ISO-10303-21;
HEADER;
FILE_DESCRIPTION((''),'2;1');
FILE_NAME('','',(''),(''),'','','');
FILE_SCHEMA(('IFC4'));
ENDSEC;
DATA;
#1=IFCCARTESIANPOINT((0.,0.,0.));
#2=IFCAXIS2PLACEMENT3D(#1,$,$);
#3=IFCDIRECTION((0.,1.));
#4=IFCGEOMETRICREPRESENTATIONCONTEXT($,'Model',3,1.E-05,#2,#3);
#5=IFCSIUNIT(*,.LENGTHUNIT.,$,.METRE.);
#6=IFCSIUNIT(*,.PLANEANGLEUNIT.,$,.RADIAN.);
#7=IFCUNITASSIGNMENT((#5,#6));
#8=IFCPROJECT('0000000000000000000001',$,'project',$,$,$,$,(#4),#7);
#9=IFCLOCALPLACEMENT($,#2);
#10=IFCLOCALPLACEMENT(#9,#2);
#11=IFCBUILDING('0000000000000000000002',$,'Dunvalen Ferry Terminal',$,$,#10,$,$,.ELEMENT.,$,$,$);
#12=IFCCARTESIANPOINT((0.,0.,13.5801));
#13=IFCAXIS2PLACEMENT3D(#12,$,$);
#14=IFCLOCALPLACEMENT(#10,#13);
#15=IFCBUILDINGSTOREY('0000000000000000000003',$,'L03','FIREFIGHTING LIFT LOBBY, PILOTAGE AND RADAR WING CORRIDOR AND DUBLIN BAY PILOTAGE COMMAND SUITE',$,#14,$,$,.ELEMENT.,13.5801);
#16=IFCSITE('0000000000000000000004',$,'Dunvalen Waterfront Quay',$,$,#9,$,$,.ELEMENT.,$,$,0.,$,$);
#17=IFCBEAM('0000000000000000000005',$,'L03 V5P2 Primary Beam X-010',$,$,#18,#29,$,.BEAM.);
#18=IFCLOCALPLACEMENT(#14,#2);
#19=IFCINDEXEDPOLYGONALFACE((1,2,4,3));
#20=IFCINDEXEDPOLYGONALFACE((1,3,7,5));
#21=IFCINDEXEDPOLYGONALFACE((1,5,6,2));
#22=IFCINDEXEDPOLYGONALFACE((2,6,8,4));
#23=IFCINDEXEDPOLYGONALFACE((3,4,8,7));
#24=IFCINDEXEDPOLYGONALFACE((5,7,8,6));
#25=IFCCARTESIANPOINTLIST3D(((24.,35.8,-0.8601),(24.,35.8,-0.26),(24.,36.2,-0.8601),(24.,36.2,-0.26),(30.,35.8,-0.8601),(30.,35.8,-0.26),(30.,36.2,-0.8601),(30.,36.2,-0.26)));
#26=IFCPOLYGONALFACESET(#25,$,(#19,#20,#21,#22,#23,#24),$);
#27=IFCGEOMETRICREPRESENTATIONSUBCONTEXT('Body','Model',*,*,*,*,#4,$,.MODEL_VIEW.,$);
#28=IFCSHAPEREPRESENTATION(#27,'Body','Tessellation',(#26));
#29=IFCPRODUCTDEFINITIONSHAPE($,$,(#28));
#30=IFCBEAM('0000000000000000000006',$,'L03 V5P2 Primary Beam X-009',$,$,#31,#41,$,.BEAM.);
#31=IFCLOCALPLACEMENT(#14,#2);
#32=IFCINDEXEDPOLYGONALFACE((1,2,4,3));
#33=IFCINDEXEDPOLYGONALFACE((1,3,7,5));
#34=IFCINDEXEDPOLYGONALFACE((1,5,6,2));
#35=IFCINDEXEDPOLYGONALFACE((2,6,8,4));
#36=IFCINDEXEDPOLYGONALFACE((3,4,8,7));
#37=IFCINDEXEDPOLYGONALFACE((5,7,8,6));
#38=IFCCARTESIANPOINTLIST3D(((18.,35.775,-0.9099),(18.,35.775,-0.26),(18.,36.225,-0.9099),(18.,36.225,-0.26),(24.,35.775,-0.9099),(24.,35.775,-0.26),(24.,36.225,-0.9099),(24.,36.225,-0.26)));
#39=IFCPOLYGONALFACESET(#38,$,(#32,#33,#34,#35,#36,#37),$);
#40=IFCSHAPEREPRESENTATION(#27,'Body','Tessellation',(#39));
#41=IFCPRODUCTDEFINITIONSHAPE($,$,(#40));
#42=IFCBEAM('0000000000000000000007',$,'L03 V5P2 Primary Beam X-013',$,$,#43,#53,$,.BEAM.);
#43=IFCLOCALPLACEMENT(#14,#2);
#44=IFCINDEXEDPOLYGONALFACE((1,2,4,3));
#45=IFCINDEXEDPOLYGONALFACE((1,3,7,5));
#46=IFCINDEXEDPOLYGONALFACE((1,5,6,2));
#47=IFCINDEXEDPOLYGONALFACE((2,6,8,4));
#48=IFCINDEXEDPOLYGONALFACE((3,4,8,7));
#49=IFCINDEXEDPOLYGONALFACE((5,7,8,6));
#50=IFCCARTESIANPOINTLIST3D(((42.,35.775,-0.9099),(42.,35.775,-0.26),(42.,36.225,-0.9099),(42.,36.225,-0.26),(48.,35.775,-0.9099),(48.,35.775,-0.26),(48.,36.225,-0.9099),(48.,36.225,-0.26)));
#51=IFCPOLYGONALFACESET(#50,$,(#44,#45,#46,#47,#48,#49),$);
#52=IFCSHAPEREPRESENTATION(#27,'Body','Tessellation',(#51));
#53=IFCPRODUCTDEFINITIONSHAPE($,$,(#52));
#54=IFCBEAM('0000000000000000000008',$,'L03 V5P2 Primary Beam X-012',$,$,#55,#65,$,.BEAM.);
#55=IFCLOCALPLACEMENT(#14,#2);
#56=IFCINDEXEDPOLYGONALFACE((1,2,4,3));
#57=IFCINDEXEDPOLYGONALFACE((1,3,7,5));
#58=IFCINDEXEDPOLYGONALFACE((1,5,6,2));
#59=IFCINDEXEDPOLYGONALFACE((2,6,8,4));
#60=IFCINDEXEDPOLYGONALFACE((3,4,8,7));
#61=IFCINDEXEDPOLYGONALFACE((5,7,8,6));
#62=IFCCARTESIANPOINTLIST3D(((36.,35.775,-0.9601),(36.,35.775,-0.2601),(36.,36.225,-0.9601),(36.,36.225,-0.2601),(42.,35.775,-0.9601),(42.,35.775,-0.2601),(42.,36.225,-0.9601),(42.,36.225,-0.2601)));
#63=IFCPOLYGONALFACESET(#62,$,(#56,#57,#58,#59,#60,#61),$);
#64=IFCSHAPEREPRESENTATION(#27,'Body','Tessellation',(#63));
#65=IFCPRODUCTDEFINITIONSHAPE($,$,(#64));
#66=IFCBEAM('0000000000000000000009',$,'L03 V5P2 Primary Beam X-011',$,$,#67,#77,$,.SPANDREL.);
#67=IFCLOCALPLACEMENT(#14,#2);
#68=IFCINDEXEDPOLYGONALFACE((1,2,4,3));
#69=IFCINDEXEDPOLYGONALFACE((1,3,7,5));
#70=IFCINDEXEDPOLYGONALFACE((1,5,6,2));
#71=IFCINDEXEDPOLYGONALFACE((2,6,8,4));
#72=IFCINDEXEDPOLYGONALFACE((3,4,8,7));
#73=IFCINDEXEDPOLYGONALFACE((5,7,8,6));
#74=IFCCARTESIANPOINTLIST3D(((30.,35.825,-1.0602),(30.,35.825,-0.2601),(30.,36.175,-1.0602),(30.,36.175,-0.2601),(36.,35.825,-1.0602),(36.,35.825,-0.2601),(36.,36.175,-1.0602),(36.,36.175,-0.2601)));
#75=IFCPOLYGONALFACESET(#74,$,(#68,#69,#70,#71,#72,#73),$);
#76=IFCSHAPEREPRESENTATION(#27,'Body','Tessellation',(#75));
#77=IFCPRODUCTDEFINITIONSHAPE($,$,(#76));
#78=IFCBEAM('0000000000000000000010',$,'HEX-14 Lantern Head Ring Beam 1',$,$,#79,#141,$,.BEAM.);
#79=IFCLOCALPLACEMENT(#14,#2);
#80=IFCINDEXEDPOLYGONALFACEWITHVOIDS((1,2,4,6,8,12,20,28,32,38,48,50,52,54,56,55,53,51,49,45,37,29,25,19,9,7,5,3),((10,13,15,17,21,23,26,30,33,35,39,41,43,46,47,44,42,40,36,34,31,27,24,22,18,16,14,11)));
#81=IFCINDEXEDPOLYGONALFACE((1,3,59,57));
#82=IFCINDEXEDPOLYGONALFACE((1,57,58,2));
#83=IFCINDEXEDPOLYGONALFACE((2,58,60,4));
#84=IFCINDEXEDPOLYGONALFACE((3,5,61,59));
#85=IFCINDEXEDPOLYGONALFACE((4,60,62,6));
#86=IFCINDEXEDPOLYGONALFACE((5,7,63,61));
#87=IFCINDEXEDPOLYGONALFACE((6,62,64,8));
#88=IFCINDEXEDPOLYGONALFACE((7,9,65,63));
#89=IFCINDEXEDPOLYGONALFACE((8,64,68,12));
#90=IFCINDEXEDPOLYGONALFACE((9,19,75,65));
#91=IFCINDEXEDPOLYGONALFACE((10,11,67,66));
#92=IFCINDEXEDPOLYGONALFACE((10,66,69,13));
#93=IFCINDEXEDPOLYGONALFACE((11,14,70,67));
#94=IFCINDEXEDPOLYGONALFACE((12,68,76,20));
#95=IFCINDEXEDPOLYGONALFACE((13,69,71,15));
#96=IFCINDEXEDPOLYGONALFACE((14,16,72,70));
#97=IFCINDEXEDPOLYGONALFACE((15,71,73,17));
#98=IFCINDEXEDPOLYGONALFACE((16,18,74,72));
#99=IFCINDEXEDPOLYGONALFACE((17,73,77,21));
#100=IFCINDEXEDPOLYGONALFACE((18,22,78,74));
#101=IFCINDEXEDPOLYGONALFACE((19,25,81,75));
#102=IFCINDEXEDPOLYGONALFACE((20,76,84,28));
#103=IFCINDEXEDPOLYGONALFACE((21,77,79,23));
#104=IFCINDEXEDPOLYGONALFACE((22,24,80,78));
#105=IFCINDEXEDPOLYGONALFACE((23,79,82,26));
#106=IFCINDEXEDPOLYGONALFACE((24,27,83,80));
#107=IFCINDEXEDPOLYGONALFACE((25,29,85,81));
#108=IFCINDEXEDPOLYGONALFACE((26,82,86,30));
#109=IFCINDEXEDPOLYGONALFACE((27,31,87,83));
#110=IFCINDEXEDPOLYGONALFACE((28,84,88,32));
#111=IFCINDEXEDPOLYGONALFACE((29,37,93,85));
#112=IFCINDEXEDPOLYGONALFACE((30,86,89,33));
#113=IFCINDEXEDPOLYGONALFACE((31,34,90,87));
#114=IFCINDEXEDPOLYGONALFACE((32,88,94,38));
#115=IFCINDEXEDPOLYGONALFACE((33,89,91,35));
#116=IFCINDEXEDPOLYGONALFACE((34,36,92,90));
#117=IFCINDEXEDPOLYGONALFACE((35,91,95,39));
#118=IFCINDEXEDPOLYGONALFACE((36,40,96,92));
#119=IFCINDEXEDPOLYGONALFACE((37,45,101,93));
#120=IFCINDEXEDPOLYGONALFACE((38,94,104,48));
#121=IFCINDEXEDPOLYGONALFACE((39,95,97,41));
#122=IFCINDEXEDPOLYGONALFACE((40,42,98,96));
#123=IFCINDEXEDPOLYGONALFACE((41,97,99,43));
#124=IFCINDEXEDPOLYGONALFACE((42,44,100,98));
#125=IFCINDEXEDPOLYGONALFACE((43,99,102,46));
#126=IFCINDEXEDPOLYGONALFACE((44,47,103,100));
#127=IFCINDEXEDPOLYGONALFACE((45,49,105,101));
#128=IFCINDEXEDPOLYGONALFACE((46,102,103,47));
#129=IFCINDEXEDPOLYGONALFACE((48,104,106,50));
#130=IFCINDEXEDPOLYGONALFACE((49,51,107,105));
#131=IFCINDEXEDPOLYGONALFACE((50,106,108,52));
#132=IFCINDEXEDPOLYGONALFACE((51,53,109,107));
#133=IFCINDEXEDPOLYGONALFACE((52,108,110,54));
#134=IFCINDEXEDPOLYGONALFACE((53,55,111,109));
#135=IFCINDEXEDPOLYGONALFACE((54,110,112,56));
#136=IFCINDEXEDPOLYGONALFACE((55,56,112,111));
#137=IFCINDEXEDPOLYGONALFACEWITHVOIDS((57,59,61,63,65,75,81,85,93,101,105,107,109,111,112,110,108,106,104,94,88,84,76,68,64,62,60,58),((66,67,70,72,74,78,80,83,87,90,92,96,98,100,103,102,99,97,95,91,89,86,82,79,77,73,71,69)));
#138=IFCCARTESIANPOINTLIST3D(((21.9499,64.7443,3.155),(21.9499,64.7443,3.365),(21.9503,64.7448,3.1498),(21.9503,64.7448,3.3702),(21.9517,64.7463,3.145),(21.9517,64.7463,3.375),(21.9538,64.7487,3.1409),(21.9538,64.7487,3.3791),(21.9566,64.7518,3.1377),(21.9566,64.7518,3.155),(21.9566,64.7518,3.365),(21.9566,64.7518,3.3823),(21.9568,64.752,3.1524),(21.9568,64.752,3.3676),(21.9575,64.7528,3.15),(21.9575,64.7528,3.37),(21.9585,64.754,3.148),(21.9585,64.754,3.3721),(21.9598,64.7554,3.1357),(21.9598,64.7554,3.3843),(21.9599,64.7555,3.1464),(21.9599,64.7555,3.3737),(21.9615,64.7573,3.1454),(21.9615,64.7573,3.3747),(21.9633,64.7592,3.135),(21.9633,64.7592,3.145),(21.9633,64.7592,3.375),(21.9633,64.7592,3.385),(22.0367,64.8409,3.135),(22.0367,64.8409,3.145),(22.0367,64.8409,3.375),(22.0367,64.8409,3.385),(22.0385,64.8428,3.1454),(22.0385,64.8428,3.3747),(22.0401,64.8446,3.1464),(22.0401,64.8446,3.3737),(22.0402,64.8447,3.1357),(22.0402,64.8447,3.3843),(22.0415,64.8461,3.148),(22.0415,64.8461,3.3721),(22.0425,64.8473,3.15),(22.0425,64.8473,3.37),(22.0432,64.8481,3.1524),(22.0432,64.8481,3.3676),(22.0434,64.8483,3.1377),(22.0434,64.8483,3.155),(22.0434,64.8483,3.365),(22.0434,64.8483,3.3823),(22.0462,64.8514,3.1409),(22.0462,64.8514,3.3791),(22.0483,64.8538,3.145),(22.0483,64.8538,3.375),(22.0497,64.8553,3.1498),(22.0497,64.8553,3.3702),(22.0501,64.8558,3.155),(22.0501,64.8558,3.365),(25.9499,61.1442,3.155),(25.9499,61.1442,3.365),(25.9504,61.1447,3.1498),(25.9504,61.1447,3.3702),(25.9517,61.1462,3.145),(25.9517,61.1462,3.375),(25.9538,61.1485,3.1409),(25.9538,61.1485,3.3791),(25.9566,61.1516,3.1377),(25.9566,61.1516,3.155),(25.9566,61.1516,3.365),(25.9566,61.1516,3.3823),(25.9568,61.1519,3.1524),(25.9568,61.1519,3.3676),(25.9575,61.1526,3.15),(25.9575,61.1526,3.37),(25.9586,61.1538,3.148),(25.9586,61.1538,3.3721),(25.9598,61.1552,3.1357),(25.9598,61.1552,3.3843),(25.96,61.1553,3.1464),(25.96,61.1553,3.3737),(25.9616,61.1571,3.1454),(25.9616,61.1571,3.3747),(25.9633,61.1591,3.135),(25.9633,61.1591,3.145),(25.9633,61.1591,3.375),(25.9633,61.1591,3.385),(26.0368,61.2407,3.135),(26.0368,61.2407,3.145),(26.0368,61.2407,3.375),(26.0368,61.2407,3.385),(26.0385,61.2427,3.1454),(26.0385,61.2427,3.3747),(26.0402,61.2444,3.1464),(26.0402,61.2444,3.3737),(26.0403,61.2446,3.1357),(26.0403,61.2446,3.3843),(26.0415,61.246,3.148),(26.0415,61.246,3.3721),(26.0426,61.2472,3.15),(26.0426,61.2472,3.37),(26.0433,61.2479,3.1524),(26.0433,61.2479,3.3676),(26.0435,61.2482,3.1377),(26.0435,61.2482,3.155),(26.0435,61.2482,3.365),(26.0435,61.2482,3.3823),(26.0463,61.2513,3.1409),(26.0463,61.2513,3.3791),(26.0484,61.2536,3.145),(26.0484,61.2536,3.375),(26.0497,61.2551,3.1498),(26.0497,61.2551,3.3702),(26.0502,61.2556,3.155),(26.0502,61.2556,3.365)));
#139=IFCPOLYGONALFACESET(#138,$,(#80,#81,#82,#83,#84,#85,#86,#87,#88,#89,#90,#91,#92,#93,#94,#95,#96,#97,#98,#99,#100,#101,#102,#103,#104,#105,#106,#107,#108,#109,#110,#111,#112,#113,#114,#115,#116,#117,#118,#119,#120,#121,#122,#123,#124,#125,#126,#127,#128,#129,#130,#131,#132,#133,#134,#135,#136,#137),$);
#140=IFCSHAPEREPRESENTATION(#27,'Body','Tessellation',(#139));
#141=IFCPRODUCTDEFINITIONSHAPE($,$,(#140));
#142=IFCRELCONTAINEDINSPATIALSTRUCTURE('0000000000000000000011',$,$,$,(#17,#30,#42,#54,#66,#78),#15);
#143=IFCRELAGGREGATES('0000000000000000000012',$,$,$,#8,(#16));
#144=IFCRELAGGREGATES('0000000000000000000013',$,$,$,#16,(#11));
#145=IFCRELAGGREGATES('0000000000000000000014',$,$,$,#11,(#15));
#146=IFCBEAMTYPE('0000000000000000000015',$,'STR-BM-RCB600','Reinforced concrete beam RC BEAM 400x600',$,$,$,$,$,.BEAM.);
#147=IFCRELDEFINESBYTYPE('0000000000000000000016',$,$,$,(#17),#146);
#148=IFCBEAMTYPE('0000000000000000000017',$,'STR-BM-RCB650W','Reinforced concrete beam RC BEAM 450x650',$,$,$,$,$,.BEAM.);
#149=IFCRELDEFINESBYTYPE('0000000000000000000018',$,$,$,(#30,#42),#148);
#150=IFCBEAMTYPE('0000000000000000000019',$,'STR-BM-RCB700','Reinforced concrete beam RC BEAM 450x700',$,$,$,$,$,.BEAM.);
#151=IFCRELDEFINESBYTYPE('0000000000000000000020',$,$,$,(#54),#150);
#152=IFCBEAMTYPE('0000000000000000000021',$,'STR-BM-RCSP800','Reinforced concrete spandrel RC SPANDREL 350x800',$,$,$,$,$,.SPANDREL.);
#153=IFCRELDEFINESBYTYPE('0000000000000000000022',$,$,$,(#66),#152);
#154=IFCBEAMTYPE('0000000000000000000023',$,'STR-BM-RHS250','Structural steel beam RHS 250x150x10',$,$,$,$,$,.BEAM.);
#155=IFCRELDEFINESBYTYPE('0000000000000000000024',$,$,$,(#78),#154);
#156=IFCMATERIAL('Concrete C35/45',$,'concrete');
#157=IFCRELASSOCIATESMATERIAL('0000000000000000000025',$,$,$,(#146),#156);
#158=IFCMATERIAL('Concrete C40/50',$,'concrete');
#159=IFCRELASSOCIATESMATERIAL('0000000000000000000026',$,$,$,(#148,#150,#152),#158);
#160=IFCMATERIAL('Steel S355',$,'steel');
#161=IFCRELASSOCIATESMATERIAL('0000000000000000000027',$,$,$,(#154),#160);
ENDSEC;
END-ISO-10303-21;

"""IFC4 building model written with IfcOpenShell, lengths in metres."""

from ifc_helpers import new_model, si_unit, direction, frame, origin, origin_2d, place, context, subcontext, project, spatial, rectangle, hollow_rectangle, extrude, material, material_profile, profile_set, type_object, element, save


model = new_model("IFC4")

# Units and contexts
model_context = context("Model", 3, precision=1e-05, world=origin(), true_north=direction((0.0, 1.0)))
body_context = subcontext(model_context, "Body", "Model", "MODEL_VIEW")
ifc_project = project(units=[si_unit("LENGTHUNIT", "METRE"), si_unit("PLANEANGLEUNIT", "RADIAN")], contexts=[model_context])

# Site, building, storey
site_placement = place(None, origin())
site = spatial("IfcSite", under=ifc_project, at=site_placement, Name="Dunvalen Waterfront Quay", CompositionType="ELEMENT", RefElevation=0.0)
building_placement = place(site_placement, origin())
building = spatial("IfcBuilding", under=site, at=building_placement, Name="Dunvalen Ferry Terminal", CompositionType="ELEMENT")
storey_placement = place(building_placement, frame((0.0, 0.0, 13.5801)))
storey = spatial("IfcBuildingStorey", under=building, at=storey_placement, Name="L03", Description="FIREFIGHTING LIFT LOBBY, PILOTAGE AND RADAR WING CORRIDOR AND DUBLIN BAY PILOTAGE COMMAND SUITE", CompositionType="ELEMENT", Elevation=13.5801)

# Beams
ifc_material_1 = material(Name="Concrete C35/45", Category="concrete")
ifc_material_profile_1 = material_profile(ifc_material_1, rectangle(XDim=0.3999, YDim=0.6001, at=origin_2d()), Name="Concrete C35/45")
ifc_profile_set_1 = profile_set([ifc_material_profile_1], Name="Concrete C35/45")
beam_type_1 = type_object("IfcBeamType", Name="STR-BM-RCB600", Description="Reinforced concrete beam RC BEAM 400x600", PredefinedType="BEAM", material=ifc_profile_set_1)
beam_1_placement = place(storey_placement, frame((24.0, 36.0, -0.5601), z_axis=(1.0, 0.0, 0.0), x_axis=(0.0, 1.0, 0.0)))
element("IfcBeam", 1, at=beam_1_placement, inside=storey, type_object=beam_type_1, Name="L03 V5P2 Primary Beam X-010", PredefinedType="BEAM", context=body_context, shape_type="SweptSolid", body=[
    extrude(rectangle(XDim=0.3999, YDim=0.6001, at=origin_2d()), origin(), (0.0, 0.0, 1.0), 6.0),
])
ifc_material_2 = material(Name="Concrete C40/50", Category="concrete")
ifc_material_profile_2 = material_profile(ifc_material_2, rectangle(XDim=0.45, YDim=0.6499, at=origin_2d()), Name="Concrete C40/50")
ifc_profile_set_2 = profile_set([ifc_material_profile_2], Name="Concrete C40/50")
beam_type_2 = type_object("IfcBeamType", Name="STR-BM-RCB650W", Description="Reinforced concrete beam RC BEAM 450x650", PredefinedType="BEAM", material=ifc_profile_set_2)
for number, where, z_axis, x_axis, name in (
    (2, (18.0, 36.0, -0.585), (1.0, 0.0, 0.0), (0.0, 1.0, 0.0), "L03 V5P2 Primary Beam X-009"),
    (3, (42.0, 36.0, -0.585), (1.0, 0.0, 0.0), (0.0, 1.0, 0.0), "L03 V5P2 Primary Beam X-013"),
):
    element("IfcBeam", number, at=place(storey_placement, frame(where, z_axis=z_axis, x_axis=x_axis)), inside=storey, type_object=beam_type_2, Name=name, PredefinedType="BEAM", context=body_context, shape_type="SweptSolid", body=[
        extrude(rectangle(XDim=0.45, YDim=0.6499, at=origin_2d()), origin(), (0.0, 0.0, 1.0), 6.0),
    ])
ifc_material_profile_3 = material_profile(ifc_material_2, rectangle(XDim=0.45, YDim=0.7, at=origin_2d()), Name="Concrete C40/50")
ifc_profile_set_3 = profile_set([ifc_material_profile_3], Name="Concrete C40/50")
beam_type_3 = type_object("IfcBeamType", Name="STR-BM-RCB700", Description="Reinforced concrete beam RC BEAM 450x700", PredefinedType="BEAM", material=ifc_profile_set_3)
beam_2_placement = place(storey_placement, frame((36.0, 36.0, -0.6101), z_axis=(1.0, 0.0, 0.0), x_axis=(0.0, 1.0, 0.0)))
element("IfcBeam", 4, at=beam_2_placement, inside=storey, type_object=beam_type_3, Name="L03 V5P2 Primary Beam X-012", PredefinedType="BEAM", context=body_context, shape_type="SweptSolid", body=[
    extrude(rectangle(XDim=0.45, YDim=0.7, at=origin_2d()), origin(), (0.0, 0.0, 1.0), 6.0),
])
ifc_material_profile_4 = material_profile(ifc_material_2, rectangle(XDim=0.3501, YDim=0.8, at=origin_2d()), Name="Concrete C40/50")
ifc_profile_set_4 = profile_set([ifc_material_profile_4], Name="Concrete C40/50")
beam_type_4 = type_object("IfcBeamType", Name="STR-BM-RCSP800", Description="Reinforced concrete spandrel RC SPANDREL 350x800", PredefinedType="SPANDREL", material=ifc_profile_set_4)
beam_3_placement = place(storey_placement, frame((30.0, 36.0, -0.6602), z_axis=(1.0, 0.0, 0.0), x_axis=(0.0, 1.0, 0.0)))
element("IfcBeam", 5, at=beam_3_placement, inside=storey, type_object=beam_type_4, Name="L03 V5P2 Primary Beam X-011", PredefinedType="SPANDREL", context=body_context, shape_type="SweptSolid", body=[
    extrude(rectangle(XDim=0.3501, YDim=0.8, at=origin_2d()), origin(), (0.0, 0.0, 1.0), 6.0),
])
ifc_material_3 = material(Name="Steel S355", Category="steel")
ifc_material_profile_5 = material_profile(ifc_material_3, hollow_rectangle(XDim=0.1499, YDim=0.25, WallThickness=0.01, InnerFilletRadius=0.01, OuterFilletRadius=0.02, at=origin_2d()), Name="Steel S355")
ifc_profile_set_5 = profile_set([ifc_material_profile_5], Name="Steel S355")
beam_type_5 = type_object("IfcBeamType", Name="STR-BM-RHS250", Description="Structural steel beam RHS 250x150x10", PredefinedType="BEAM", material=ifc_profile_set_5)
beam_4_placement = place(storey_placement, frame((22.0, 64.8, 3.26), z_axis=(0.743285, -0.668975, 0.0), x_axis=(0.668975, 0.743285, 0.0)))
element("IfcBeam", 6, at=beam_4_placement, inside=storey, type_object=beam_type_5, Name="HEX-14 Lantern Head Ring Beam 1", PredefinedType="BEAM", context=body_context, shape_type="SweptSolid", body=[
    extrude(hollow_rectangle(XDim=0.1499, YDim=0.25, WallThickness=0.01, InnerFilletRadius=0.01, OuterFilletRadius=0.02, at=origin_2d()), origin(), (0.0, 0.0, 1.0), 5.3816),
])

save(model, "model.ifc")
